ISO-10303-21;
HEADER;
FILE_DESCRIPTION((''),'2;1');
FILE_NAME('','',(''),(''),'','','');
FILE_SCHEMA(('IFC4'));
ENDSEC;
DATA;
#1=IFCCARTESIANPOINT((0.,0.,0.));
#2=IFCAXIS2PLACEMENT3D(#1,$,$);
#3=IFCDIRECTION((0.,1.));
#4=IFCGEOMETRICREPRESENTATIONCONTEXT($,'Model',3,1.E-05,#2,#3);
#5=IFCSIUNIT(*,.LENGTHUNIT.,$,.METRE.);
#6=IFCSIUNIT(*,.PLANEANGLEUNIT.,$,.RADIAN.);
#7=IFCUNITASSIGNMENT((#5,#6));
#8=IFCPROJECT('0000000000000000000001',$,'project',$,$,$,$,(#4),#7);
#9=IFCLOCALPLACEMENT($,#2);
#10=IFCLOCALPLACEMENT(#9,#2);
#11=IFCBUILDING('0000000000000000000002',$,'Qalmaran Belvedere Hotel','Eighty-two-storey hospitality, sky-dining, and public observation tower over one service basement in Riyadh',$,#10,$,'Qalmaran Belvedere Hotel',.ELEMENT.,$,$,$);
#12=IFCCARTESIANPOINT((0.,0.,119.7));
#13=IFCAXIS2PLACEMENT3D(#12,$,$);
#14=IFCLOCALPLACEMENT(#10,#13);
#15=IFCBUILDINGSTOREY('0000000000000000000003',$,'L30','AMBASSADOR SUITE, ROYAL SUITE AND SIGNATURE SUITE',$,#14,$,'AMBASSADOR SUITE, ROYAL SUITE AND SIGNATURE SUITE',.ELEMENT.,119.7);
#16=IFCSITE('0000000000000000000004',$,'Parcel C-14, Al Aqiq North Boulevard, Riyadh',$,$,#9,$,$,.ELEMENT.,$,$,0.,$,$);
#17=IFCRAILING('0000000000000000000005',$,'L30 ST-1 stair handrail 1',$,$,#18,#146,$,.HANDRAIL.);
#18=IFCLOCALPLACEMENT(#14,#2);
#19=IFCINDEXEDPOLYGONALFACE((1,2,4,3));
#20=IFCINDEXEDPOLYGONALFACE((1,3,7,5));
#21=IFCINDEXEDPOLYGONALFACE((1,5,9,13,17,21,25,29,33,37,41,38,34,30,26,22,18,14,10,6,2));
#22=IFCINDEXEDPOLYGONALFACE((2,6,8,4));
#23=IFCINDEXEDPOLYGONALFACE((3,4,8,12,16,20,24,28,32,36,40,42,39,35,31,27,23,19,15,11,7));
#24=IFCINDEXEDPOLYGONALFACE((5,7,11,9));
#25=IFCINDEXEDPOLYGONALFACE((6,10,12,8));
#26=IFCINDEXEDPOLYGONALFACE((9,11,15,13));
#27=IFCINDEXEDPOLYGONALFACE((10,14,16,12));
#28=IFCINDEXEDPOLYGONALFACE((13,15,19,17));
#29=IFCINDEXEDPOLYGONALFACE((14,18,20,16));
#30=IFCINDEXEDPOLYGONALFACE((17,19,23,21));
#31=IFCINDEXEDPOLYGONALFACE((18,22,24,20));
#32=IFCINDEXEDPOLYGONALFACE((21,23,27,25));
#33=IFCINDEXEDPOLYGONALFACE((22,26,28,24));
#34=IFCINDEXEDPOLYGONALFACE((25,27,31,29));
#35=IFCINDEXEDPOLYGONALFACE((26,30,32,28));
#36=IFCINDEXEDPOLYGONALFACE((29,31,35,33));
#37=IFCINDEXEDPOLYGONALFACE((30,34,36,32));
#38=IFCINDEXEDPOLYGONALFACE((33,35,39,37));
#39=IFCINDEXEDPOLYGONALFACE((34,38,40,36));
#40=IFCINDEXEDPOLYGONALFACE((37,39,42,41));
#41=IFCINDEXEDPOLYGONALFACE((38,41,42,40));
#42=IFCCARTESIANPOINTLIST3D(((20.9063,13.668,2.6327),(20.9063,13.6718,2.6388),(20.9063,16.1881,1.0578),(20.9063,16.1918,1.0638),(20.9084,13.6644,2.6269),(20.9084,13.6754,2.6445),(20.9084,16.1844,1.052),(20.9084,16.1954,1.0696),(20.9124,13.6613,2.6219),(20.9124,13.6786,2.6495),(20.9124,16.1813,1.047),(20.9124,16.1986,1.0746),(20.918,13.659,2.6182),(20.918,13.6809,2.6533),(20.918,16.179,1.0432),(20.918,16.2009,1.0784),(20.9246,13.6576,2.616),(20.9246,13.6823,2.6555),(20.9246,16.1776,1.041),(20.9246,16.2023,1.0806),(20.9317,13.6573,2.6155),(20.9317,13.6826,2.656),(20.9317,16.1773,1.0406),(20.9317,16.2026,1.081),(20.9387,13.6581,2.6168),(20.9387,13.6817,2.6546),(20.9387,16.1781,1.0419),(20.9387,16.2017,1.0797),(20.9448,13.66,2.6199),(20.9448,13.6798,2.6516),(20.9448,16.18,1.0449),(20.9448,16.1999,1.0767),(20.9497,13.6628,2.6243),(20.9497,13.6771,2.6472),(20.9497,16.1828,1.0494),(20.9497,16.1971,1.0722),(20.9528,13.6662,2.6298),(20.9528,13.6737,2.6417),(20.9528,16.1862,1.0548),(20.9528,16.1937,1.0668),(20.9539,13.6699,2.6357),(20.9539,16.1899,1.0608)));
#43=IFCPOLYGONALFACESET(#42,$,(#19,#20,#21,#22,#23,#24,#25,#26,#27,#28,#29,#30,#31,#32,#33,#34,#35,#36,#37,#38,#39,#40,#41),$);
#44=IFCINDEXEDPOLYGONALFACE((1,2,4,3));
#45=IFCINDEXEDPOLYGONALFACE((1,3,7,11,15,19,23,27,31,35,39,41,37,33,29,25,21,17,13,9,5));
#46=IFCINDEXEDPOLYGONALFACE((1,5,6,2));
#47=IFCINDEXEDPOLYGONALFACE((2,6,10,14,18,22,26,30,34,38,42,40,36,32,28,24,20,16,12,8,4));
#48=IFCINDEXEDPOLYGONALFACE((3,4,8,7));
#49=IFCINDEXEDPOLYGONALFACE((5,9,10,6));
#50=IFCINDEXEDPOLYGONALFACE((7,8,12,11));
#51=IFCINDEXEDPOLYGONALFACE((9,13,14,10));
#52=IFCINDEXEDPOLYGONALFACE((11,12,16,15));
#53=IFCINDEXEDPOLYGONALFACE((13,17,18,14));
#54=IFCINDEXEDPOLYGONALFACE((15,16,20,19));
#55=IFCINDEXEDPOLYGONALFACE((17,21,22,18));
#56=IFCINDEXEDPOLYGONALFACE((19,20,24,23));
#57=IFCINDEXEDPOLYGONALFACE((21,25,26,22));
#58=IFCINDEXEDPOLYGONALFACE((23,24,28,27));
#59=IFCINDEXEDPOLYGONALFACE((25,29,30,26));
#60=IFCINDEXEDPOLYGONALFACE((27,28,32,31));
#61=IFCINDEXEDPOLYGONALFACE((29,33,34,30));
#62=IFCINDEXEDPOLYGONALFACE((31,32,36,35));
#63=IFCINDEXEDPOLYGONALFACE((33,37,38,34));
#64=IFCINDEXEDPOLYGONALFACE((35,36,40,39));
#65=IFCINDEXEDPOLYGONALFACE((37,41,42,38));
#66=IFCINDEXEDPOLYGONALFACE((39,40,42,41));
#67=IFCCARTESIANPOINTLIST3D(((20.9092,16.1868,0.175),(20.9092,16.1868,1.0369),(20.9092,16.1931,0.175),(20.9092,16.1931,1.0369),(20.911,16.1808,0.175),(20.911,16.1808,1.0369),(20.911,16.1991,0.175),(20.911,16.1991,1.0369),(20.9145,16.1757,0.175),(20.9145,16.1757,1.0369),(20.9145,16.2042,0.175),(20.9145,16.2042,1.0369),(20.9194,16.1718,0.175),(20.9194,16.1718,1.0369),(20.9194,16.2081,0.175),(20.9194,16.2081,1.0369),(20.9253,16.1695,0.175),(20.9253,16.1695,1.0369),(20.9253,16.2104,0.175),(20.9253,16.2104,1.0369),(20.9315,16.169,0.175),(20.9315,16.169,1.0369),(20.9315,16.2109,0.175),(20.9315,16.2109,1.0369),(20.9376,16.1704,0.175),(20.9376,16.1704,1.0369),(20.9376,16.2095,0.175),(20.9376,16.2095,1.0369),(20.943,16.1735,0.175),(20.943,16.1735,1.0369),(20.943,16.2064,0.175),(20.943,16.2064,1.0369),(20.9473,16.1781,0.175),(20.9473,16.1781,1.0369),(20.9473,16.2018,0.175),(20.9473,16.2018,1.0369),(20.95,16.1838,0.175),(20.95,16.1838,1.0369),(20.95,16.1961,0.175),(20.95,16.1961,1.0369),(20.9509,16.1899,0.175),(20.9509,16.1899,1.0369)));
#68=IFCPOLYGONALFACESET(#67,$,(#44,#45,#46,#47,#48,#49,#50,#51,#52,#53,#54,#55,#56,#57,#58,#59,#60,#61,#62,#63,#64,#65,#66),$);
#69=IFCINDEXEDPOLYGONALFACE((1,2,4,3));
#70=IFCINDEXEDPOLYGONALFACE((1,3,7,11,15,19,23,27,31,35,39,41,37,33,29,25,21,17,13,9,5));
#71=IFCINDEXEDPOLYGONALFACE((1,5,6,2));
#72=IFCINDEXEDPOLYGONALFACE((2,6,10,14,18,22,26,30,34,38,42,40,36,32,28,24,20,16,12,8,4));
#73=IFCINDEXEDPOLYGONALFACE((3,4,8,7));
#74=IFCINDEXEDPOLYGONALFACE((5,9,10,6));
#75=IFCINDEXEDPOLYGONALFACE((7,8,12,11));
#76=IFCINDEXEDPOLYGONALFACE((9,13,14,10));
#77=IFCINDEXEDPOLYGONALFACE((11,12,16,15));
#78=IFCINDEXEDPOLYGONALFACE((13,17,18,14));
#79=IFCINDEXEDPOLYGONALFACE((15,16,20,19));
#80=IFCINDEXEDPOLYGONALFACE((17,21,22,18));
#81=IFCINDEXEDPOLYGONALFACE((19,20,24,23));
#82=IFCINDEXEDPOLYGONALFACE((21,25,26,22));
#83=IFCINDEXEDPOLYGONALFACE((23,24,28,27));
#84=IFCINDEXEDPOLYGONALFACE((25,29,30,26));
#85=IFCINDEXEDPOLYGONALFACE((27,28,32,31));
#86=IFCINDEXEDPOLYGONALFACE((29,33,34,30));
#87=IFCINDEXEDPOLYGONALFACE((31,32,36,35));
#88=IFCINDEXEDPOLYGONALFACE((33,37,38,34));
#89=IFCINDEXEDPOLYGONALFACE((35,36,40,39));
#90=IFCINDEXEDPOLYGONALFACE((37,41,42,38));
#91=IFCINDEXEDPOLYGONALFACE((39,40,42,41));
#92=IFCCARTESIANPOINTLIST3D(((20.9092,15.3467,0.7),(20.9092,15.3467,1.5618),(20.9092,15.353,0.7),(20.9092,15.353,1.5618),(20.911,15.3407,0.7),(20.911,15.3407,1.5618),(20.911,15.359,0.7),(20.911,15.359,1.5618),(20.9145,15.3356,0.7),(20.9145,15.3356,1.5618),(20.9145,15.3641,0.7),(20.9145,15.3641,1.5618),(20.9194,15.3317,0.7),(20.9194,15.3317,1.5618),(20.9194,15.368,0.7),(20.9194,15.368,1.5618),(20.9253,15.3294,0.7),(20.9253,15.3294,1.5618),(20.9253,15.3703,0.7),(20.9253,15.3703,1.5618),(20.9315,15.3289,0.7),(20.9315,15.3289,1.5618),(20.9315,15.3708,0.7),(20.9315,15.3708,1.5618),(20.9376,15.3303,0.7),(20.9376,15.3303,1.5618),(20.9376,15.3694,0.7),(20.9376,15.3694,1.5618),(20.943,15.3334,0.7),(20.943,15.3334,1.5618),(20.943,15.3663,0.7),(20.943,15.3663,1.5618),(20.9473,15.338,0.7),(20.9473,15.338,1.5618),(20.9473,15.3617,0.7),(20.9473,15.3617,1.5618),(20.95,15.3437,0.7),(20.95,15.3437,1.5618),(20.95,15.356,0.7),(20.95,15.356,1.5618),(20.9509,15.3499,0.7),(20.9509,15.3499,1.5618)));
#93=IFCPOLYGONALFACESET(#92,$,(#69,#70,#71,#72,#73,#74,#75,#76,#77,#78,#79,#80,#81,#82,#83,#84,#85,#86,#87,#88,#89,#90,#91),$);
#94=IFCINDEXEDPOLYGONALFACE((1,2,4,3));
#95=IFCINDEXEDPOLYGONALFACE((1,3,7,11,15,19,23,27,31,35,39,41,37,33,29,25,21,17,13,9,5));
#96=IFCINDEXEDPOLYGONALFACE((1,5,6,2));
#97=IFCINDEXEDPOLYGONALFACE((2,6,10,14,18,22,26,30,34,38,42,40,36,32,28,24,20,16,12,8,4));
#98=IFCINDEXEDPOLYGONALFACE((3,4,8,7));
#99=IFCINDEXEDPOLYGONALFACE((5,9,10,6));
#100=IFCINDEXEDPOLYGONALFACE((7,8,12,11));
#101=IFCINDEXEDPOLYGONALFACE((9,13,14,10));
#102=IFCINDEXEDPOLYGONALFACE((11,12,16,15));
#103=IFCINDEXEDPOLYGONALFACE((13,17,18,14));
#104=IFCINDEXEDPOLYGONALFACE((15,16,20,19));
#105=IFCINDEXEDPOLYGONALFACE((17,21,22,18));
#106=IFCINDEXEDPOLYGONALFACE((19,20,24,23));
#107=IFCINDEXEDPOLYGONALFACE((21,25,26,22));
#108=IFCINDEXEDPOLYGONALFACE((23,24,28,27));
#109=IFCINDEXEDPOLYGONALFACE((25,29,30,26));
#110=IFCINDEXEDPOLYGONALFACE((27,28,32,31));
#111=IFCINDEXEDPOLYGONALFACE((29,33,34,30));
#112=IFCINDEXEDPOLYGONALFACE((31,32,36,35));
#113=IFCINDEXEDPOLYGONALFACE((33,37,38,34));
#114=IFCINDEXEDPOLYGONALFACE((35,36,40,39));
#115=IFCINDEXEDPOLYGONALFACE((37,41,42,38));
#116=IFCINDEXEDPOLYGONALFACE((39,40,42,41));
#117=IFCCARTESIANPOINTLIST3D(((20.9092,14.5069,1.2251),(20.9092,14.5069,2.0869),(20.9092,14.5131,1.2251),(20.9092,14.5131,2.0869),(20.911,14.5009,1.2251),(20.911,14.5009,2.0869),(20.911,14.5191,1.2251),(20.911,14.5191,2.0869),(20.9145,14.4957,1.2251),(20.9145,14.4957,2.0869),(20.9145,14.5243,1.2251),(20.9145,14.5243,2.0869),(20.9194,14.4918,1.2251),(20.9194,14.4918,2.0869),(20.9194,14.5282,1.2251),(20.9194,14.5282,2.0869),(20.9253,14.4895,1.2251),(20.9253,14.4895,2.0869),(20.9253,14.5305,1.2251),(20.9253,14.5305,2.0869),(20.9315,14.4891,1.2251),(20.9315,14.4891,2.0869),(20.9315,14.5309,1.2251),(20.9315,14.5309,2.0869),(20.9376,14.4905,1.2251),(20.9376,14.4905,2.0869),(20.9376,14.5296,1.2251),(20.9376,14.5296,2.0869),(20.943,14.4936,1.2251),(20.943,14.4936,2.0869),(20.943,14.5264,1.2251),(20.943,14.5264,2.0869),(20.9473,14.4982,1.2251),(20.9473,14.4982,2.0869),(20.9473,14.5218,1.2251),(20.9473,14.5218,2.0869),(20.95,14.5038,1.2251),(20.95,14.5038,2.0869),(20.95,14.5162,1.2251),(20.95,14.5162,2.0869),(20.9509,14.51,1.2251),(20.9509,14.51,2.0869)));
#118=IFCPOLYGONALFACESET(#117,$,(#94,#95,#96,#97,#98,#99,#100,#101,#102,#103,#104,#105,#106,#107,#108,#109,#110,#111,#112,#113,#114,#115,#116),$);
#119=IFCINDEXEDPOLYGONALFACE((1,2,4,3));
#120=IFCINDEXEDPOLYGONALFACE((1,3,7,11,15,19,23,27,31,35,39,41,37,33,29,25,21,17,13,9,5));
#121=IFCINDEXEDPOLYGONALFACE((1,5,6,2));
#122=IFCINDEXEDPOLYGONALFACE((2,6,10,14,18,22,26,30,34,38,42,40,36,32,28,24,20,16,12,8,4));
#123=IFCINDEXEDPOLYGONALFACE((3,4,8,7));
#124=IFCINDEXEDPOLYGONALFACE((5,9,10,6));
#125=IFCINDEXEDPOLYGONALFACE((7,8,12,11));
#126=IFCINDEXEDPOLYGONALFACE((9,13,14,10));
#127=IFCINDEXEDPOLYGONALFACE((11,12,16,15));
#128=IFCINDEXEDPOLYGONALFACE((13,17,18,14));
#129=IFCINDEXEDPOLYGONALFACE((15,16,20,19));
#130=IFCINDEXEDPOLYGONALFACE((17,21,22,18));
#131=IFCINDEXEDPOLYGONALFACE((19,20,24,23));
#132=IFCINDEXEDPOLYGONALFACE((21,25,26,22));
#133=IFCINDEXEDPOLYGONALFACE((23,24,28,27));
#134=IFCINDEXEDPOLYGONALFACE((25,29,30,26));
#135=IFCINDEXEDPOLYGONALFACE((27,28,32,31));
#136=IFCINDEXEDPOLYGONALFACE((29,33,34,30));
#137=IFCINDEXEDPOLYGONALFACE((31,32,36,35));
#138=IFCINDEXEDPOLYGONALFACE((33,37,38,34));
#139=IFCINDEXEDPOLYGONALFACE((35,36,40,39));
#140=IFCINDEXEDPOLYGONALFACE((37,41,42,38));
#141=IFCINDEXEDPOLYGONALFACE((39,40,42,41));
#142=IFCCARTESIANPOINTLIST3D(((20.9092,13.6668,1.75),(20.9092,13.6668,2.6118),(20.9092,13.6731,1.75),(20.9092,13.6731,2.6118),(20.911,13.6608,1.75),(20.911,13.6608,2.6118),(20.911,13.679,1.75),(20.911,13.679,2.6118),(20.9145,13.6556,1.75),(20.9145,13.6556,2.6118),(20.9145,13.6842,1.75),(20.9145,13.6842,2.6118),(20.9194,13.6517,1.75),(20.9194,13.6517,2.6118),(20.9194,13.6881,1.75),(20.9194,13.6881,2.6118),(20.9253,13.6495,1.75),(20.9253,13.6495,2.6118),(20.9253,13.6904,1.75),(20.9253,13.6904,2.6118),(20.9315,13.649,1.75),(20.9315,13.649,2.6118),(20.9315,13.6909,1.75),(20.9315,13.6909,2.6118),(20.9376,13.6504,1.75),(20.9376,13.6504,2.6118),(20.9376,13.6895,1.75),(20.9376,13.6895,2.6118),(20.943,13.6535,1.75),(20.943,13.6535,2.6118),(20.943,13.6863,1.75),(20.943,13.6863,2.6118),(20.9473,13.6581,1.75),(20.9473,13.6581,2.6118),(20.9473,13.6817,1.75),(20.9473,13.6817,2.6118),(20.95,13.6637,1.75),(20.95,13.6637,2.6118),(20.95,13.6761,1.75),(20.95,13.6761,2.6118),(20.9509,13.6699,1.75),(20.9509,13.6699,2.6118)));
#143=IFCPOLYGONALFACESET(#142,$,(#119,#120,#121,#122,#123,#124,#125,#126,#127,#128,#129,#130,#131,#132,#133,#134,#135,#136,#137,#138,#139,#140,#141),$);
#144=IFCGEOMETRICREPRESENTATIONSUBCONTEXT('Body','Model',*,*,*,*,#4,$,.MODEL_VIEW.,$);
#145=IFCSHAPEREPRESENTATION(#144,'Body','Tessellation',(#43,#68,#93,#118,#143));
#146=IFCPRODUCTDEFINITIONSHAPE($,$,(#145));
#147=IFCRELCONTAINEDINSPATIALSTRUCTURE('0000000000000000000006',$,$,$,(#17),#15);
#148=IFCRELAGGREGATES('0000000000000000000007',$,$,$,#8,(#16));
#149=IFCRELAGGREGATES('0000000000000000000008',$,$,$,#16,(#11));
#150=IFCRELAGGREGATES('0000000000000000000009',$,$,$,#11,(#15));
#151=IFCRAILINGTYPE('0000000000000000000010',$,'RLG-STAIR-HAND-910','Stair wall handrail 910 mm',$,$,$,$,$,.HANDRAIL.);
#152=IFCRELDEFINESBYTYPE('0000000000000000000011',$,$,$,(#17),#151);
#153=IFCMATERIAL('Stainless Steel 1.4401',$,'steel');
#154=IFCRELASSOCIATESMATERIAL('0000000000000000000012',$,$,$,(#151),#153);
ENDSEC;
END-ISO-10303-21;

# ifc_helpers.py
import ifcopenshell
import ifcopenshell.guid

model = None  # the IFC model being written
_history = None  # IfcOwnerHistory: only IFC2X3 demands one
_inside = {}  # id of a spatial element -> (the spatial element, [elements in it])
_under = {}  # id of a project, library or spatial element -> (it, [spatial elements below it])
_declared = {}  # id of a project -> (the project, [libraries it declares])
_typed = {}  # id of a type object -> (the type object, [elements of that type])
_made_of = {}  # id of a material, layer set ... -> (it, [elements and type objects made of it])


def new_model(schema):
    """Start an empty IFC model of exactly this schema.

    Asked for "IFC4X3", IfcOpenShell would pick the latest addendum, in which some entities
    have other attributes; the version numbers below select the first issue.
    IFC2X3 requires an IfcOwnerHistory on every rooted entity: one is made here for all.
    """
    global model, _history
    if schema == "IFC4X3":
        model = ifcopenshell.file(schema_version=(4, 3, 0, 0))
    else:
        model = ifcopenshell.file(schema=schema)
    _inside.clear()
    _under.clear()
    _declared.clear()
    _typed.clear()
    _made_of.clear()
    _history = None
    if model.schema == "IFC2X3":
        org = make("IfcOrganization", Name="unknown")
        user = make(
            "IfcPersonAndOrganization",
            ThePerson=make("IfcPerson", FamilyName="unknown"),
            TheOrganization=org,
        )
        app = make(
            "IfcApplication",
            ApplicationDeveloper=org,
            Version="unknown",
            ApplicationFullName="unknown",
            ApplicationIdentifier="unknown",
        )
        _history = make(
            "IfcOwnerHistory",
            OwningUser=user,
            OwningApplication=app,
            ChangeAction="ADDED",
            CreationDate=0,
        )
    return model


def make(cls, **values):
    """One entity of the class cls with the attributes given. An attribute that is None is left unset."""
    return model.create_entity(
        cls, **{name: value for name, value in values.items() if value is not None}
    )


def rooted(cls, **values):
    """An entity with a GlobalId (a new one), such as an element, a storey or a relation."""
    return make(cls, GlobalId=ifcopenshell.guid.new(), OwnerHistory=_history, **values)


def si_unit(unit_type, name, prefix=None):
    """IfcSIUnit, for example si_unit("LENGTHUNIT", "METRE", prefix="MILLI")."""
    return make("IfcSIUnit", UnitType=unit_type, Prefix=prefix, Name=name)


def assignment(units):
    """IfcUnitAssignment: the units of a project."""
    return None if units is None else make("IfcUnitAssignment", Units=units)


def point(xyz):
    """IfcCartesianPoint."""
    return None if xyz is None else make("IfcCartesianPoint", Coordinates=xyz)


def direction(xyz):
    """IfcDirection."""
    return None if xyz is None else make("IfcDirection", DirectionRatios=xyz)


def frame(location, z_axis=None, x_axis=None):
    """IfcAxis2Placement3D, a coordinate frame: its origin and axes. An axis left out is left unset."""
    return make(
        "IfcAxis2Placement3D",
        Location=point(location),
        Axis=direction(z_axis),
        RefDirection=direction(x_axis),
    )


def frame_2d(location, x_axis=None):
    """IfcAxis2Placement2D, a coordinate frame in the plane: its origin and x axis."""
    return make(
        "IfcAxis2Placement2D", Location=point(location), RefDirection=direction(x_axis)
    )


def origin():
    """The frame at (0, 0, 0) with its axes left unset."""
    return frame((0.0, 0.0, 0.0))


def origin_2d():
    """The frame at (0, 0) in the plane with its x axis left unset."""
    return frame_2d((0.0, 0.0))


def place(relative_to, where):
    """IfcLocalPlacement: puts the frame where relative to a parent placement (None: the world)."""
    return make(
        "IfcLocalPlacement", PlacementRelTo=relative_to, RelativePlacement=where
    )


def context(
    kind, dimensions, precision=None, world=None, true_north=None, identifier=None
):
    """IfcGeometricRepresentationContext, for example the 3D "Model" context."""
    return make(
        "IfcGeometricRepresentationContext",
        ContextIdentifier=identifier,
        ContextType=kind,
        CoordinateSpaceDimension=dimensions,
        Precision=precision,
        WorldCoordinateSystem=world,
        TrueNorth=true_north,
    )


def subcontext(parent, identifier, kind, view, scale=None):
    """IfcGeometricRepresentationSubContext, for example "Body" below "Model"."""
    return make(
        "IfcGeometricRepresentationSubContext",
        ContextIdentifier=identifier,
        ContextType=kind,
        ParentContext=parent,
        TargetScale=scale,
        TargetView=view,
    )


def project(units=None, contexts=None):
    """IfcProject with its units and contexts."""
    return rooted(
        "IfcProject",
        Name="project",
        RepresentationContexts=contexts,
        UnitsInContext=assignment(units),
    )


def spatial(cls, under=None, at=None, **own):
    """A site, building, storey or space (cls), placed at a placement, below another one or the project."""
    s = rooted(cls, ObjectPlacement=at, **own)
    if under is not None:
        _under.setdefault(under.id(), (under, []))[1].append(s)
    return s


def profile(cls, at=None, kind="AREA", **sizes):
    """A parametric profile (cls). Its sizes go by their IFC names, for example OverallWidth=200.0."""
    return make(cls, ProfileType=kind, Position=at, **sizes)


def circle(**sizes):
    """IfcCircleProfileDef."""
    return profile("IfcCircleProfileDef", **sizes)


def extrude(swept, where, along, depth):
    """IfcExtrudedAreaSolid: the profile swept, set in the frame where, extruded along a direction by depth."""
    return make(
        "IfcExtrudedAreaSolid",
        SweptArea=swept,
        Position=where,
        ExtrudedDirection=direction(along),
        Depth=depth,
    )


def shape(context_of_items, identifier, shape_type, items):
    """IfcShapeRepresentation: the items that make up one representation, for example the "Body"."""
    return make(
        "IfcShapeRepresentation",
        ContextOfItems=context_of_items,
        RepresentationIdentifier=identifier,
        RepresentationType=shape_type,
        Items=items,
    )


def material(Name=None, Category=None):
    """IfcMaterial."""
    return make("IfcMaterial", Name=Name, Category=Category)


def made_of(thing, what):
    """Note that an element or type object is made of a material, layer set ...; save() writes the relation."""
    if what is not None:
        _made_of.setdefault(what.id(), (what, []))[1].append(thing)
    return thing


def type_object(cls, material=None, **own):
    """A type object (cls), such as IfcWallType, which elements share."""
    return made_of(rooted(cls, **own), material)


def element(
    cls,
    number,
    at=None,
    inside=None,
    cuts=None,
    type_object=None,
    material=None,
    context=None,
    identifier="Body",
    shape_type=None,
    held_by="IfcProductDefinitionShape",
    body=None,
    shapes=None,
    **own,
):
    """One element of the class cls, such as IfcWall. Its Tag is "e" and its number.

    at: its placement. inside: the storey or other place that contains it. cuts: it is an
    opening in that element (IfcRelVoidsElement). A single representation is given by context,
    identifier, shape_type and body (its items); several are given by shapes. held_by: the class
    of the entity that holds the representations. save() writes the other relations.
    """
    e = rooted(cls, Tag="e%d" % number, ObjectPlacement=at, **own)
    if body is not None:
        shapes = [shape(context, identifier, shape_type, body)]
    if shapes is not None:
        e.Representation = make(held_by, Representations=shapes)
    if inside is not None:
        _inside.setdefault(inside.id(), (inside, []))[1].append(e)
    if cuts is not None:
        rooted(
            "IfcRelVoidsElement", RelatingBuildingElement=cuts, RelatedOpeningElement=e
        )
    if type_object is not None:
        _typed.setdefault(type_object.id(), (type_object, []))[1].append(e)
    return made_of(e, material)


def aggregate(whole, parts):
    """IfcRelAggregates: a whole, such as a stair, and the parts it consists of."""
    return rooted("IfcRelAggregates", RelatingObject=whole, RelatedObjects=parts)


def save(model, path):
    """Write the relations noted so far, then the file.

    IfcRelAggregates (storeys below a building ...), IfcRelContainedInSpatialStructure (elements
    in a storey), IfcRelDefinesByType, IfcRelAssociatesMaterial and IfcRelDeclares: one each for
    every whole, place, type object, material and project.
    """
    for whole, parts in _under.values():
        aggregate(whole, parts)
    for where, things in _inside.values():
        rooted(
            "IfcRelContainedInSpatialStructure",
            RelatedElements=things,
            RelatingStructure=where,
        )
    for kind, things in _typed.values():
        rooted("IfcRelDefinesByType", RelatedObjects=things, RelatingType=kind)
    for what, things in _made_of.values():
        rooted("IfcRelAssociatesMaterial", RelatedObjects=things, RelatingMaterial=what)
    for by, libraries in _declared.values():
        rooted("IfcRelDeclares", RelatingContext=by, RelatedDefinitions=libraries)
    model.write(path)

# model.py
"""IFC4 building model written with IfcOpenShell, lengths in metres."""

from ifc_helpers import new_model, si_unit, direction, frame, origin, origin_2d, place, context, subcontext, project, spatial, circle, extrude, material, type_object, element, save


model = new_model("IFC4")

# Units and contexts
model_context = context("Model", 3, precision=1e-05, world=origin(), true_north=direction((0.0, 1.0)))
body_context = subcontext(model_context, "Body", "Model", "MODEL_VIEW")
ifc_project = project(units=[si_unit("LENGTHUNIT", "METRE"), si_unit("PLANEANGLEUNIT", "RADIAN")], contexts=[model_context])

# Site, building, storey
site_placement = place(None, origin())
site = spatial("IfcSite", under=ifc_project, at=site_placement, Name="Parcel C-14, Al Aqiq North Boulevard, Riyadh", CompositionType="ELEMENT", RefElevation=0.0)
building_placement = place(site_placement, origin())
building = spatial("IfcBuilding", under=site, at=building_placement, Name="Qalmaran Belvedere Hotel", Description="Eighty-two-storey hospitality, sky-dining, and public observation tower over one service basement in Riyadh", LongName="Qalmaran Belvedere Hotel", CompositionType="ELEMENT")
storey_placement = place(building_placement, frame((0.0, 0.0, 119.7)))
storey = spatial("IfcBuildingStorey", under=building, at=storey_placement, Name="L30", Description="AMBASSADOR SUITE, ROYAL SUITE AND SIGNATURE SUITE", LongName="AMBASSADOR SUITE, ROYAL SUITE AND SIGNATURE SUITE", CompositionType="ELEMENT", Elevation=119.7)

# Shared definitions
ifc_material_1 = material(Name="Stainless Steel 1.4401", Category="steel")

# Railing
railing_type_1 = type_object("IfcRailingType", Name="RLG-STAIR-HAND-910", Description="Stair wall handrail 910 mm", PredefinedType="HANDRAIL", material=ifc_material_1)
railing_1_placement = place(storey_placement, frame((20.9299, 16.1899, 0.175)))
element("IfcRailing", 1, at=railing_1_placement, inside=storey, type_object=railing_type_1, Name="L30 ST-1 stair handrail 1", PredefinedType="HANDRAIL", context=body_context, shape_type="SweptSolid", body=[
    extrude(circle(Radius=0.0239, at=origin_2d()), frame((0.0, 0.0, 0.8857), z_axis=(0.0, -0.848008, 0.529984), x_axis=(1.0, 0.0, 0.0)), (0.0, 0.0, 1.0), 2.9717),
    extrude(circle(Radius=0.021, at=origin_2d()), origin(), (0.0, 0.0, 1.0), 0.8618),
    extrude(circle(Radius=0.021, at=origin_2d()), frame((0.0, -0.8401, 0.5249)), (0.0, 0.0, 1.0), 0.8618),
    extrude(circle(Radius=0.021, at=origin_2d()), frame((0.0, -1.6799, 1.05)), (0.0, 0.0, 1.0), 0.8618),
    extrude(circle(Radius=0.021, at=origin_2d()), frame((0.0, -2.52, 1.575)), (0.0, 0.0, 1.0), 0.8618),
])

save(model, "model.ifc")
